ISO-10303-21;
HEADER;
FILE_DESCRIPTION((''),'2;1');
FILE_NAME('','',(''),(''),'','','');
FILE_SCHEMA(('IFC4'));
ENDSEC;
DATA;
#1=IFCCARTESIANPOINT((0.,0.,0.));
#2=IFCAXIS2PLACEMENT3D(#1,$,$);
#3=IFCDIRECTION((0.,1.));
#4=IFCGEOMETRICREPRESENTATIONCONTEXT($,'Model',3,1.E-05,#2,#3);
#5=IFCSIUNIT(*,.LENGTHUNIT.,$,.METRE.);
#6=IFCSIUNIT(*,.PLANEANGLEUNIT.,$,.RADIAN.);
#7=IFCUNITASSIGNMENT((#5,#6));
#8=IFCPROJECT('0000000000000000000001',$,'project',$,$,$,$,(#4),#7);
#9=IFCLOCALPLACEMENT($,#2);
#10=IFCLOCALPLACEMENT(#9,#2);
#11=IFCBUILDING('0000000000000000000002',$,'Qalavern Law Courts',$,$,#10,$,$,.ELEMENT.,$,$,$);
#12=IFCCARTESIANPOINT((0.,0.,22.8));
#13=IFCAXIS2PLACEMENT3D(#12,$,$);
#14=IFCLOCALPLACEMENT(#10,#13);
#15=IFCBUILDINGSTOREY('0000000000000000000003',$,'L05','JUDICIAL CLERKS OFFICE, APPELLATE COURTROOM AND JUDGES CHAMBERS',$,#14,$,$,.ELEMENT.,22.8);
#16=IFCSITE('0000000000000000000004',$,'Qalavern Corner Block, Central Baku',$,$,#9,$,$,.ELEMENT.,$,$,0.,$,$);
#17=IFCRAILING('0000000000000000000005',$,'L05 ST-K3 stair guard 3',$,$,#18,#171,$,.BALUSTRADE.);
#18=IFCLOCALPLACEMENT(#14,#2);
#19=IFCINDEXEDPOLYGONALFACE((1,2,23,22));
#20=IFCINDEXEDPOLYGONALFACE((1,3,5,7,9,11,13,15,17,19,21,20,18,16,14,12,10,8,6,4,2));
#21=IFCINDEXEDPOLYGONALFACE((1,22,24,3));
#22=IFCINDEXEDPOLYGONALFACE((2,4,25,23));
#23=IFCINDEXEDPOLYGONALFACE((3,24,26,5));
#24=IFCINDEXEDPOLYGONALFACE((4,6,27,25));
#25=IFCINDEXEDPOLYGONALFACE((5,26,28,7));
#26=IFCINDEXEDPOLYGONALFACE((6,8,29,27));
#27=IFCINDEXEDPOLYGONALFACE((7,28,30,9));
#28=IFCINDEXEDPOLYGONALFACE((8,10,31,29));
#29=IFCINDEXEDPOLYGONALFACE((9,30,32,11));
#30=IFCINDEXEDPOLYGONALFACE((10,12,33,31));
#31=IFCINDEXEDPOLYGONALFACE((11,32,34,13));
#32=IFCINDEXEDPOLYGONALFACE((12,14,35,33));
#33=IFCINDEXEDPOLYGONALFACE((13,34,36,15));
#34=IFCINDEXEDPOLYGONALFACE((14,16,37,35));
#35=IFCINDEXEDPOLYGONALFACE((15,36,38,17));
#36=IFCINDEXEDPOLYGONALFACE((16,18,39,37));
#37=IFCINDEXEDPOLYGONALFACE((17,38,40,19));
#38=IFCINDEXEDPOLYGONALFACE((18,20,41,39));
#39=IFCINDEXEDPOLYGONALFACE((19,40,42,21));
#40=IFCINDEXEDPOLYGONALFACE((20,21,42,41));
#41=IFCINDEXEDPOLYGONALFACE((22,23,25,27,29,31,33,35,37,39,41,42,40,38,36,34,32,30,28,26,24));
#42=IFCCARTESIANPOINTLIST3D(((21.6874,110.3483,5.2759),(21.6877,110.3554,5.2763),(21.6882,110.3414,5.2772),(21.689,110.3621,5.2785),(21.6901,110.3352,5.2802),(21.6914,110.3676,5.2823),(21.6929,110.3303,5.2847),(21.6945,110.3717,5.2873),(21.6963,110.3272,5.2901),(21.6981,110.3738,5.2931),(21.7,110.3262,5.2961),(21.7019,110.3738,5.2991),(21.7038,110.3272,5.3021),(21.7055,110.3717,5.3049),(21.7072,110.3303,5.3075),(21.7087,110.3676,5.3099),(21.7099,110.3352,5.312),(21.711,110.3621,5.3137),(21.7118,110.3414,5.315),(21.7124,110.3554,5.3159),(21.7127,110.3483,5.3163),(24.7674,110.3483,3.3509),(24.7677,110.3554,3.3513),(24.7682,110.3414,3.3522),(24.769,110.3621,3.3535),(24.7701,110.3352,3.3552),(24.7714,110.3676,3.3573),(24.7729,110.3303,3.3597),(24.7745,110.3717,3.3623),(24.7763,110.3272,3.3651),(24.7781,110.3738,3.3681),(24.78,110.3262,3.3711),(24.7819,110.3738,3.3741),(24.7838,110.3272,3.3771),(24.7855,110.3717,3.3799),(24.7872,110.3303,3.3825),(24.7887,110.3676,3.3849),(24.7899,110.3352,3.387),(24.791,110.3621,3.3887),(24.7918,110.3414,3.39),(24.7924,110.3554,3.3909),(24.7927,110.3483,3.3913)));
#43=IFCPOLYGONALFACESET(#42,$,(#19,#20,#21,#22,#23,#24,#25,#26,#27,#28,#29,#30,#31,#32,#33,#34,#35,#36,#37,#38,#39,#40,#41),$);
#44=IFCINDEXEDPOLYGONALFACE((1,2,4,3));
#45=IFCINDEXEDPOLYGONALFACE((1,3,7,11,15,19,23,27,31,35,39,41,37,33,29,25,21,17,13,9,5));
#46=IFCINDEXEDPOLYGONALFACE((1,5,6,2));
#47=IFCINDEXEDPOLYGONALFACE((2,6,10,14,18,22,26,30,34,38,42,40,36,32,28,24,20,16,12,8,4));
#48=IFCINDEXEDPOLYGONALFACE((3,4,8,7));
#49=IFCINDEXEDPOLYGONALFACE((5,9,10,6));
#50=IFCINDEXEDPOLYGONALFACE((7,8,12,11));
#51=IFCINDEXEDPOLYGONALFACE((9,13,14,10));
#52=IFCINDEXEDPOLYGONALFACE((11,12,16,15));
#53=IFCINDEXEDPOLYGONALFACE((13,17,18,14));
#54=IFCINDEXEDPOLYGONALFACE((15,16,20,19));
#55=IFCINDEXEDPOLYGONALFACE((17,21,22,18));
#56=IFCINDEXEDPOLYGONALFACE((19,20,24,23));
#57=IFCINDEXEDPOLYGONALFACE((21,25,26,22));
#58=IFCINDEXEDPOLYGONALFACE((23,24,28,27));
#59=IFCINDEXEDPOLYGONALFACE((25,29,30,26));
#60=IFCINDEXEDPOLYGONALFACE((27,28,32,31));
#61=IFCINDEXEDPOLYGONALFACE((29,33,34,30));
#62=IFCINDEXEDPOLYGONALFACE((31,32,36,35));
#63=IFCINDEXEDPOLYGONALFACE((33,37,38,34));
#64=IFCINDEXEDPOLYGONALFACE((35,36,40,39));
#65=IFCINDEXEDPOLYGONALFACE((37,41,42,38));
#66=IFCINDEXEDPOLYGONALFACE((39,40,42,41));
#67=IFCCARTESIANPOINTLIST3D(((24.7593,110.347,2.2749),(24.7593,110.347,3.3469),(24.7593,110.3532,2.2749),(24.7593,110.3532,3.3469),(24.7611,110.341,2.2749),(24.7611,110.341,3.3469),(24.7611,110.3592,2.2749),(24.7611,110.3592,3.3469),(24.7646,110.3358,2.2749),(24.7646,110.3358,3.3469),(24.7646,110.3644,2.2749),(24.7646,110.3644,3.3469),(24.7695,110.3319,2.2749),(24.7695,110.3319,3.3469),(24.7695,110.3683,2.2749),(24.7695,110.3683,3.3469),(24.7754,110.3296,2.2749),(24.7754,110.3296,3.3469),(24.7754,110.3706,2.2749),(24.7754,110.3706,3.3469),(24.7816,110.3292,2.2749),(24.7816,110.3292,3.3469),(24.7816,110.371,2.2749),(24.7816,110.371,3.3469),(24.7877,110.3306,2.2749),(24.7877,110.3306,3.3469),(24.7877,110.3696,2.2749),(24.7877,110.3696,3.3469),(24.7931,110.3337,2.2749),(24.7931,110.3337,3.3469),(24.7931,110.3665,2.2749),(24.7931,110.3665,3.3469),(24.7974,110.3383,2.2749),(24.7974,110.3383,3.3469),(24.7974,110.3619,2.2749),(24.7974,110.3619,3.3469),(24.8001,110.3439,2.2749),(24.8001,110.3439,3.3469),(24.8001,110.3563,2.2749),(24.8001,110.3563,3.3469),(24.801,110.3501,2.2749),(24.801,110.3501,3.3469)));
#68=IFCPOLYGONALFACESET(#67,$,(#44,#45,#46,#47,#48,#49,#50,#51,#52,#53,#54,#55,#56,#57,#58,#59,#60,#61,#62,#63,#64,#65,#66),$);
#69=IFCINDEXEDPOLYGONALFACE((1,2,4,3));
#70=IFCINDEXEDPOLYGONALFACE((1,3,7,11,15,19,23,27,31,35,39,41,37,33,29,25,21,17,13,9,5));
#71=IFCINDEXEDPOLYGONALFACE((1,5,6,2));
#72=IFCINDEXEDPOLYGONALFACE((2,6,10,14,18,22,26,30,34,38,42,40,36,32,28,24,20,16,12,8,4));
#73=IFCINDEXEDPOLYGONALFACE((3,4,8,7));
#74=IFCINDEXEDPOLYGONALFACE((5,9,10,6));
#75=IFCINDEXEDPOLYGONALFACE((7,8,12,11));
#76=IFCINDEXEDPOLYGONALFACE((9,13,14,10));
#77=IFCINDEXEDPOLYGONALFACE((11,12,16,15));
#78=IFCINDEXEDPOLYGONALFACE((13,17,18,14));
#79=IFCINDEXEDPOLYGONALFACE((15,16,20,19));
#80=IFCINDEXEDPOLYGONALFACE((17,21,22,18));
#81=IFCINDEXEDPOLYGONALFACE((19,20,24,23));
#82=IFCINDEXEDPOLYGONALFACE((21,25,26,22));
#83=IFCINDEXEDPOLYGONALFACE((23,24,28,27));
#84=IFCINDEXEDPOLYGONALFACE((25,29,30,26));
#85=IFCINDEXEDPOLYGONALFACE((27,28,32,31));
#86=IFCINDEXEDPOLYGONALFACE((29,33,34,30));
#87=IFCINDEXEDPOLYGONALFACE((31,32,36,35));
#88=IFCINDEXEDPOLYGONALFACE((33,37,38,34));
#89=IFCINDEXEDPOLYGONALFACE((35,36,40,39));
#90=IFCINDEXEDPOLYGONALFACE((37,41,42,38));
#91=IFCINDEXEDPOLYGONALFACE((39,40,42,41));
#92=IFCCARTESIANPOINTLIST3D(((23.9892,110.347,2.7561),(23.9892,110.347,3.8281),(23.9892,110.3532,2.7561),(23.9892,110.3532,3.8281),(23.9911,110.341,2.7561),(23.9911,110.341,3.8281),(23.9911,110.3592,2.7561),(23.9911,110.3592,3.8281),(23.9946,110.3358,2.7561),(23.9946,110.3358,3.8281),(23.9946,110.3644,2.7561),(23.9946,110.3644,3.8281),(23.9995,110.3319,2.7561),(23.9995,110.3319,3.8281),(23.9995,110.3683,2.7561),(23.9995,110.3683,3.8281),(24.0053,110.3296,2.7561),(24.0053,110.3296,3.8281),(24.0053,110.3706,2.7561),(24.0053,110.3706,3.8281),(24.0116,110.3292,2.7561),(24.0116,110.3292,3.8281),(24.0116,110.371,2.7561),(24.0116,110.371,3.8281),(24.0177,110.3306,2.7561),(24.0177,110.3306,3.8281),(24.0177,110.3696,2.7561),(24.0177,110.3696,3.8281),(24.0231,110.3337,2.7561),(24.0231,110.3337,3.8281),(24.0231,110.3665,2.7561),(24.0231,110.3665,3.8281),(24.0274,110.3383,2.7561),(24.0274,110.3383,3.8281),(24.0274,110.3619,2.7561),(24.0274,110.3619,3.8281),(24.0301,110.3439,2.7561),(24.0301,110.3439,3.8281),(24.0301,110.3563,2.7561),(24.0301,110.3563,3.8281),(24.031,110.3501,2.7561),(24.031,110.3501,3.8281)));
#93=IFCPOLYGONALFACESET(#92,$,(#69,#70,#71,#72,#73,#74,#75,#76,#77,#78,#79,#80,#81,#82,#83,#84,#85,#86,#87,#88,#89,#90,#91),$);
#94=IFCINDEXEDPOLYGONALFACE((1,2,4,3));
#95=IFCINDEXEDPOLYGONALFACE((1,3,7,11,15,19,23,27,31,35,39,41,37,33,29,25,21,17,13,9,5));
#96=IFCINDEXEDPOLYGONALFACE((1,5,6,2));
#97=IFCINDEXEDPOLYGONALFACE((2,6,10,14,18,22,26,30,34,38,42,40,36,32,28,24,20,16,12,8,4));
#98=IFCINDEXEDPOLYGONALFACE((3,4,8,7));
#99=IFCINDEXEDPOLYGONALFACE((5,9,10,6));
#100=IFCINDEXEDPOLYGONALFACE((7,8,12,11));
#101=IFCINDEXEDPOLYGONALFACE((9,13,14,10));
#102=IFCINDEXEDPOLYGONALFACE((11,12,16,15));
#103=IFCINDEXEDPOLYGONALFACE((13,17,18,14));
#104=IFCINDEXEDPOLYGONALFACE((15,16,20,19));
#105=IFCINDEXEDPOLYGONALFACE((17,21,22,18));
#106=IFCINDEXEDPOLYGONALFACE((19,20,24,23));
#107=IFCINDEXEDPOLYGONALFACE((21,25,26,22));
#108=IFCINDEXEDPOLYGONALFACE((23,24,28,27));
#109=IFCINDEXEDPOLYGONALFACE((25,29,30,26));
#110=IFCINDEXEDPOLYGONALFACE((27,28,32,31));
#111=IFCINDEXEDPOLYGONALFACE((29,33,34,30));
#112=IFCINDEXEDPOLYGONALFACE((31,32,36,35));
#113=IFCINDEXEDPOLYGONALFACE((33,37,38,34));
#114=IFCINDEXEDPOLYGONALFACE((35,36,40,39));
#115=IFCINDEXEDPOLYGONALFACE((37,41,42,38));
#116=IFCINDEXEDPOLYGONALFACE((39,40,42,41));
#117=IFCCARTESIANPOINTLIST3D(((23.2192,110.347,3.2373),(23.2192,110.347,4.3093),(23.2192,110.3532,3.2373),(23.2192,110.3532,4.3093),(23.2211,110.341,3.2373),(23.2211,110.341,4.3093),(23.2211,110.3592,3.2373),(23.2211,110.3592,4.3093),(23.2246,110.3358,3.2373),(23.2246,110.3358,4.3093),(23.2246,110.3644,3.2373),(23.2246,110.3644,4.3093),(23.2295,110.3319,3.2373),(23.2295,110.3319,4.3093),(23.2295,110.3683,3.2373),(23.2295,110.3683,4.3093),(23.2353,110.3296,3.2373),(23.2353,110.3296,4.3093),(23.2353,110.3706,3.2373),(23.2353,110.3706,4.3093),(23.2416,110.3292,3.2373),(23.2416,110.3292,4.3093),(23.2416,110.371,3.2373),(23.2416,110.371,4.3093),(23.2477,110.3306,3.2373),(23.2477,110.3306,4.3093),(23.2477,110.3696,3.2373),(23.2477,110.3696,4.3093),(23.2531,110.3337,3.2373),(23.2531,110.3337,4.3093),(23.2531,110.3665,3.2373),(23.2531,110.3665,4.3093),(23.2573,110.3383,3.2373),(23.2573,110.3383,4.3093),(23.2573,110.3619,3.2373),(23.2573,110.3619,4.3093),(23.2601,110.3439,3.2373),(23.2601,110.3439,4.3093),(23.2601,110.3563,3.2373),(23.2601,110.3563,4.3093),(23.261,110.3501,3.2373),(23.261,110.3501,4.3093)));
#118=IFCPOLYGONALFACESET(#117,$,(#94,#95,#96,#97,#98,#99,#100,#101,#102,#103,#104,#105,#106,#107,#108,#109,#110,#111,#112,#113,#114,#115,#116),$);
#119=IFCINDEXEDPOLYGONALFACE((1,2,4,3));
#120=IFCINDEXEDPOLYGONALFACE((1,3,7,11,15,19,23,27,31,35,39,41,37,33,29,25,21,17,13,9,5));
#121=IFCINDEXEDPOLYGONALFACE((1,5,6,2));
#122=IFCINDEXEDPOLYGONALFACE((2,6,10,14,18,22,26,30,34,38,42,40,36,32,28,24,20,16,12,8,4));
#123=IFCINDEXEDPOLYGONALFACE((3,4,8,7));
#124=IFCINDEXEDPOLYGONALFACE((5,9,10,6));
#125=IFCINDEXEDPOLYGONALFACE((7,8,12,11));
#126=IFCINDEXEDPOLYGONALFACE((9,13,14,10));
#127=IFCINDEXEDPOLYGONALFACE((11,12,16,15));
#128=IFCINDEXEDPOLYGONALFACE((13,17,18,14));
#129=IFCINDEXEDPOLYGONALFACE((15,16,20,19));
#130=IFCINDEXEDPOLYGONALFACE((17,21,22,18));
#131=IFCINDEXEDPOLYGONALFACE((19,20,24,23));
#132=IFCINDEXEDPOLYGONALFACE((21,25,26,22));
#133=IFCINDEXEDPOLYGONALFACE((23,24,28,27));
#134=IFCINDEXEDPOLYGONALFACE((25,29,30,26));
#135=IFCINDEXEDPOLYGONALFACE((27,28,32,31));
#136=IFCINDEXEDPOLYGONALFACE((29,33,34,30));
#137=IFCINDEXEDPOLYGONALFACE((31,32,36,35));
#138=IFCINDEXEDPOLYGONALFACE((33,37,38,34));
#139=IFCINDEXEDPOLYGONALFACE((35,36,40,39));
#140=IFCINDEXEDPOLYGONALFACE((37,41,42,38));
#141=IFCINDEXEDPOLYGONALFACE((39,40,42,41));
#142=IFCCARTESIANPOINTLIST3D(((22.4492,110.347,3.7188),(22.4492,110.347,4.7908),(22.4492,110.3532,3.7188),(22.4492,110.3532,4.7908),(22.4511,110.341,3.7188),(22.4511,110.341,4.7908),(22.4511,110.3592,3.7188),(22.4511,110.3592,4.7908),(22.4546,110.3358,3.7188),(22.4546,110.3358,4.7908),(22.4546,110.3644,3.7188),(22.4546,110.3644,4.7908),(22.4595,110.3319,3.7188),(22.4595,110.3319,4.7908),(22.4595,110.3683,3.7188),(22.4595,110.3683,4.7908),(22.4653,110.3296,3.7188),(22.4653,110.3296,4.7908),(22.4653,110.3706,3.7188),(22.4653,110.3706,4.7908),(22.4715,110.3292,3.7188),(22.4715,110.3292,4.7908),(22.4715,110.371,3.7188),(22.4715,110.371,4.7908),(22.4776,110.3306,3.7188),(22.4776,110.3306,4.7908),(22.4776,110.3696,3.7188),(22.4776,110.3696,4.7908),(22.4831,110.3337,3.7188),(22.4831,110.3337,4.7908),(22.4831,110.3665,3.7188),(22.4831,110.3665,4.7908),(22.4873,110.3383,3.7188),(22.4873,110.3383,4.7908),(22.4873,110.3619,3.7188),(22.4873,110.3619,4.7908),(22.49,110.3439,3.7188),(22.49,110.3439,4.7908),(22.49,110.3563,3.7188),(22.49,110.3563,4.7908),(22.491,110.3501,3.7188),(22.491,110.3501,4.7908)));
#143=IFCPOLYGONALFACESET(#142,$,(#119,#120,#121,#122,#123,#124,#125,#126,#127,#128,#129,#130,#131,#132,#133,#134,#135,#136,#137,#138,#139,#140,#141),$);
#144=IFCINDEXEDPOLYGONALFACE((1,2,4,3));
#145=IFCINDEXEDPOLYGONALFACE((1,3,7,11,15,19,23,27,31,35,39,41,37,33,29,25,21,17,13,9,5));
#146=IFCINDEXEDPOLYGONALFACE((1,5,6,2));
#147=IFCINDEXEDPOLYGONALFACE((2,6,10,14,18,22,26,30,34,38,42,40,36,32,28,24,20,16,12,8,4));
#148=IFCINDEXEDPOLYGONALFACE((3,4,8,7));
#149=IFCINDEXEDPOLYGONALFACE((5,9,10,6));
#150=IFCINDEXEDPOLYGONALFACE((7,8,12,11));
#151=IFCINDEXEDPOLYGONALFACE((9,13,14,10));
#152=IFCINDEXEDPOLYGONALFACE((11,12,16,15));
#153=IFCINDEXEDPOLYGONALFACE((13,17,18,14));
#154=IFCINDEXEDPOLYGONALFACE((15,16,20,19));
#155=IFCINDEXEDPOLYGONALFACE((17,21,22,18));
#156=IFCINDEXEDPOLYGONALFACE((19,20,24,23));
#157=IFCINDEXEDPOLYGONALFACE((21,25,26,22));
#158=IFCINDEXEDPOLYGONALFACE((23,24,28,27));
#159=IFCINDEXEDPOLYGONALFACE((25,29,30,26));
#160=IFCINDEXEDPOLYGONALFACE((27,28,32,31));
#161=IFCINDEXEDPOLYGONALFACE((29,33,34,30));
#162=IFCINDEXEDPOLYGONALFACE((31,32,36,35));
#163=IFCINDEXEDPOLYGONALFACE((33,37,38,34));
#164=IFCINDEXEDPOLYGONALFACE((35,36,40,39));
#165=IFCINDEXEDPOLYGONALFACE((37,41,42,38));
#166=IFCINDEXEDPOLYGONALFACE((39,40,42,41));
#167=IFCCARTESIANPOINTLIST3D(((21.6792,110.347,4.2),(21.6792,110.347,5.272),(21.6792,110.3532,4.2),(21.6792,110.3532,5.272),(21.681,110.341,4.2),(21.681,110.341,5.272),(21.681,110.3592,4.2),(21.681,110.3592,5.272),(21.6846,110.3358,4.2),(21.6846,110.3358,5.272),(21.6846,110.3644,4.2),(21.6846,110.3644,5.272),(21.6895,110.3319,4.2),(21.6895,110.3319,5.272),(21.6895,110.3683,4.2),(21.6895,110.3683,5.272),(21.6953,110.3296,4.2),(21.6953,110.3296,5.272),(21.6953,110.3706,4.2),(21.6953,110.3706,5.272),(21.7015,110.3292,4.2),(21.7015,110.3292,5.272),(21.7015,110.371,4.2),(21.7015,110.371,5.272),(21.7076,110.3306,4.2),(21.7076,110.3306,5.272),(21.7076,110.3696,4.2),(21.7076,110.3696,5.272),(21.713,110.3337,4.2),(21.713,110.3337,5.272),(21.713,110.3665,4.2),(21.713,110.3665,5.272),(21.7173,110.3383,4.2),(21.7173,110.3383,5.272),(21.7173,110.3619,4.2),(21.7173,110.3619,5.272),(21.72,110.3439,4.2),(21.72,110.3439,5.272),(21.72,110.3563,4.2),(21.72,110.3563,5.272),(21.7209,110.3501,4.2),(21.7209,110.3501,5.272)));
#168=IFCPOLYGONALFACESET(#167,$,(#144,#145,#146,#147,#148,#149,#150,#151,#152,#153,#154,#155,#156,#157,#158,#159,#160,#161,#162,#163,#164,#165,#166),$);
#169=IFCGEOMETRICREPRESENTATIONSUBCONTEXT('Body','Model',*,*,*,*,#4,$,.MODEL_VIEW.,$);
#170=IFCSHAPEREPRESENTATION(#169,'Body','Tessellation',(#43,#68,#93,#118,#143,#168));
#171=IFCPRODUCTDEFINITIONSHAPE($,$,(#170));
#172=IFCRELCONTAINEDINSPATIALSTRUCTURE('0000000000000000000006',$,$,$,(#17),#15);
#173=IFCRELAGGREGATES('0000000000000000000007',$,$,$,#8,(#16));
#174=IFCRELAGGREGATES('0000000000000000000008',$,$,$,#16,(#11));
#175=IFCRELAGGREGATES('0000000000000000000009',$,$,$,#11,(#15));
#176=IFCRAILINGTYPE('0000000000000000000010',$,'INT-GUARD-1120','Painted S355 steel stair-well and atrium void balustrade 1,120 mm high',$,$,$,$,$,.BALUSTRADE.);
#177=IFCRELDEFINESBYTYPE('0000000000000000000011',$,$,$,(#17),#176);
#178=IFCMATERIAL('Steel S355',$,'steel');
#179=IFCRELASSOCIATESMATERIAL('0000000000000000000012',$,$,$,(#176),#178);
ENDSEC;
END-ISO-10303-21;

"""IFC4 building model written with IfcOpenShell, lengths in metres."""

from ifc_helpers import new_model, si_unit, direction, frame, origin, origin_2d, place, context, subcontext, project, spatial, circle, extrude, material, type_object, element, save


model = new_model("IFC4")

# Units and contexts
model_context = context("Model", 3, precision=1e-05, world=origin(), true_north=direction((0.0, 1.0)))
body_context = subcontext(model_context, "Body", "Model", "MODEL_VIEW")
ifc_project = project(units=[si_unit("LENGTHUNIT", "METRE"), si_unit("PLANEANGLEUNIT", "RADIAN")], contexts=[model_context])

# Site, building, storey
site_placement = place(None, origin())
site = spatial("IfcSite", under=ifc_project, at=site_placement, Name="Qalavern Corner Block, Central Baku", CompositionType="ELEMENT", RefElevation=0.0)
building_placement = place(site_placement, origin())
building = spatial("IfcBuilding", under=site, at=building_placement, Name="Qalavern Law Courts", CompositionType="ELEMENT")
storey_placement = place(building_placement, frame((0.0, 0.0, 22.8)))
storey = spatial("IfcBuildingStorey", under=building, at=storey_placement, Name="L05", Description="JUDICIAL CLERKS OFFICE, APPELLATE COURTROOM AND JUDGES CHAMBERS", CompositionType="ELEMENT", Elevation=22.8)

# Railing
ifc_material_1 = material(Name="Steel S355", Category="steel")
railing_type_1 = type_object("IfcRailingType", Name="INT-GUARD-1120", Description="Painted S355 steel stair-well and atrium void balustrade 1,120 mm high", PredefinedType="BALUSTRADE", material=ifc_material_1)
railing_1_placement = place(storey_placement, frame((24.78, 110.3501, 2.2749)))
element("IfcRailing", 1, at=railing_1_placement, inside=storey, type_object=railing_type_1, Name="L05 ST-K3 stair guard 3", PredefinedType="BALUSTRADE", context=body_context, shape_type="SweptSolid", body=[
    extrude(circle(Radius=0.0239, at=origin_2d()), frame((0.0, 0.0, 1.0962), z_axis=(-0.847998, 0.0, 0.529999), x_axis=(0.0, -1.0, 0.0)), (0.0, 0.0, 1.0), 3.6321),
    extrude(circle(Radius=0.021, at=origin_2d()), origin(), (0.0, 0.0, 1.0), 1.072),
    extrude(circle(Radius=0.021, at=origin_2d()), frame((-0.77, 0.0, 0.4812)), (0.0, 0.0, 1.0), 1.072),
    extrude(circle(Radius=0.021, at=origin_2d()), frame((-1.54, 0.0, 0.9624)), (0.0, 0.0, 1.0), 1.072),
    extrude(circle(Radius=0.021, at=origin_2d()), frame((-2.3101, 0.0, 1.4438)), (0.0, 0.0, 1.0), 1.072),
    extrude(circle(Radius=0.021, at=origin_2d()), frame((-3.0801, 0.0, 1.925)), (0.0, 0.0, 1.0), 1.072),
])

save(model, "model.ifc")
